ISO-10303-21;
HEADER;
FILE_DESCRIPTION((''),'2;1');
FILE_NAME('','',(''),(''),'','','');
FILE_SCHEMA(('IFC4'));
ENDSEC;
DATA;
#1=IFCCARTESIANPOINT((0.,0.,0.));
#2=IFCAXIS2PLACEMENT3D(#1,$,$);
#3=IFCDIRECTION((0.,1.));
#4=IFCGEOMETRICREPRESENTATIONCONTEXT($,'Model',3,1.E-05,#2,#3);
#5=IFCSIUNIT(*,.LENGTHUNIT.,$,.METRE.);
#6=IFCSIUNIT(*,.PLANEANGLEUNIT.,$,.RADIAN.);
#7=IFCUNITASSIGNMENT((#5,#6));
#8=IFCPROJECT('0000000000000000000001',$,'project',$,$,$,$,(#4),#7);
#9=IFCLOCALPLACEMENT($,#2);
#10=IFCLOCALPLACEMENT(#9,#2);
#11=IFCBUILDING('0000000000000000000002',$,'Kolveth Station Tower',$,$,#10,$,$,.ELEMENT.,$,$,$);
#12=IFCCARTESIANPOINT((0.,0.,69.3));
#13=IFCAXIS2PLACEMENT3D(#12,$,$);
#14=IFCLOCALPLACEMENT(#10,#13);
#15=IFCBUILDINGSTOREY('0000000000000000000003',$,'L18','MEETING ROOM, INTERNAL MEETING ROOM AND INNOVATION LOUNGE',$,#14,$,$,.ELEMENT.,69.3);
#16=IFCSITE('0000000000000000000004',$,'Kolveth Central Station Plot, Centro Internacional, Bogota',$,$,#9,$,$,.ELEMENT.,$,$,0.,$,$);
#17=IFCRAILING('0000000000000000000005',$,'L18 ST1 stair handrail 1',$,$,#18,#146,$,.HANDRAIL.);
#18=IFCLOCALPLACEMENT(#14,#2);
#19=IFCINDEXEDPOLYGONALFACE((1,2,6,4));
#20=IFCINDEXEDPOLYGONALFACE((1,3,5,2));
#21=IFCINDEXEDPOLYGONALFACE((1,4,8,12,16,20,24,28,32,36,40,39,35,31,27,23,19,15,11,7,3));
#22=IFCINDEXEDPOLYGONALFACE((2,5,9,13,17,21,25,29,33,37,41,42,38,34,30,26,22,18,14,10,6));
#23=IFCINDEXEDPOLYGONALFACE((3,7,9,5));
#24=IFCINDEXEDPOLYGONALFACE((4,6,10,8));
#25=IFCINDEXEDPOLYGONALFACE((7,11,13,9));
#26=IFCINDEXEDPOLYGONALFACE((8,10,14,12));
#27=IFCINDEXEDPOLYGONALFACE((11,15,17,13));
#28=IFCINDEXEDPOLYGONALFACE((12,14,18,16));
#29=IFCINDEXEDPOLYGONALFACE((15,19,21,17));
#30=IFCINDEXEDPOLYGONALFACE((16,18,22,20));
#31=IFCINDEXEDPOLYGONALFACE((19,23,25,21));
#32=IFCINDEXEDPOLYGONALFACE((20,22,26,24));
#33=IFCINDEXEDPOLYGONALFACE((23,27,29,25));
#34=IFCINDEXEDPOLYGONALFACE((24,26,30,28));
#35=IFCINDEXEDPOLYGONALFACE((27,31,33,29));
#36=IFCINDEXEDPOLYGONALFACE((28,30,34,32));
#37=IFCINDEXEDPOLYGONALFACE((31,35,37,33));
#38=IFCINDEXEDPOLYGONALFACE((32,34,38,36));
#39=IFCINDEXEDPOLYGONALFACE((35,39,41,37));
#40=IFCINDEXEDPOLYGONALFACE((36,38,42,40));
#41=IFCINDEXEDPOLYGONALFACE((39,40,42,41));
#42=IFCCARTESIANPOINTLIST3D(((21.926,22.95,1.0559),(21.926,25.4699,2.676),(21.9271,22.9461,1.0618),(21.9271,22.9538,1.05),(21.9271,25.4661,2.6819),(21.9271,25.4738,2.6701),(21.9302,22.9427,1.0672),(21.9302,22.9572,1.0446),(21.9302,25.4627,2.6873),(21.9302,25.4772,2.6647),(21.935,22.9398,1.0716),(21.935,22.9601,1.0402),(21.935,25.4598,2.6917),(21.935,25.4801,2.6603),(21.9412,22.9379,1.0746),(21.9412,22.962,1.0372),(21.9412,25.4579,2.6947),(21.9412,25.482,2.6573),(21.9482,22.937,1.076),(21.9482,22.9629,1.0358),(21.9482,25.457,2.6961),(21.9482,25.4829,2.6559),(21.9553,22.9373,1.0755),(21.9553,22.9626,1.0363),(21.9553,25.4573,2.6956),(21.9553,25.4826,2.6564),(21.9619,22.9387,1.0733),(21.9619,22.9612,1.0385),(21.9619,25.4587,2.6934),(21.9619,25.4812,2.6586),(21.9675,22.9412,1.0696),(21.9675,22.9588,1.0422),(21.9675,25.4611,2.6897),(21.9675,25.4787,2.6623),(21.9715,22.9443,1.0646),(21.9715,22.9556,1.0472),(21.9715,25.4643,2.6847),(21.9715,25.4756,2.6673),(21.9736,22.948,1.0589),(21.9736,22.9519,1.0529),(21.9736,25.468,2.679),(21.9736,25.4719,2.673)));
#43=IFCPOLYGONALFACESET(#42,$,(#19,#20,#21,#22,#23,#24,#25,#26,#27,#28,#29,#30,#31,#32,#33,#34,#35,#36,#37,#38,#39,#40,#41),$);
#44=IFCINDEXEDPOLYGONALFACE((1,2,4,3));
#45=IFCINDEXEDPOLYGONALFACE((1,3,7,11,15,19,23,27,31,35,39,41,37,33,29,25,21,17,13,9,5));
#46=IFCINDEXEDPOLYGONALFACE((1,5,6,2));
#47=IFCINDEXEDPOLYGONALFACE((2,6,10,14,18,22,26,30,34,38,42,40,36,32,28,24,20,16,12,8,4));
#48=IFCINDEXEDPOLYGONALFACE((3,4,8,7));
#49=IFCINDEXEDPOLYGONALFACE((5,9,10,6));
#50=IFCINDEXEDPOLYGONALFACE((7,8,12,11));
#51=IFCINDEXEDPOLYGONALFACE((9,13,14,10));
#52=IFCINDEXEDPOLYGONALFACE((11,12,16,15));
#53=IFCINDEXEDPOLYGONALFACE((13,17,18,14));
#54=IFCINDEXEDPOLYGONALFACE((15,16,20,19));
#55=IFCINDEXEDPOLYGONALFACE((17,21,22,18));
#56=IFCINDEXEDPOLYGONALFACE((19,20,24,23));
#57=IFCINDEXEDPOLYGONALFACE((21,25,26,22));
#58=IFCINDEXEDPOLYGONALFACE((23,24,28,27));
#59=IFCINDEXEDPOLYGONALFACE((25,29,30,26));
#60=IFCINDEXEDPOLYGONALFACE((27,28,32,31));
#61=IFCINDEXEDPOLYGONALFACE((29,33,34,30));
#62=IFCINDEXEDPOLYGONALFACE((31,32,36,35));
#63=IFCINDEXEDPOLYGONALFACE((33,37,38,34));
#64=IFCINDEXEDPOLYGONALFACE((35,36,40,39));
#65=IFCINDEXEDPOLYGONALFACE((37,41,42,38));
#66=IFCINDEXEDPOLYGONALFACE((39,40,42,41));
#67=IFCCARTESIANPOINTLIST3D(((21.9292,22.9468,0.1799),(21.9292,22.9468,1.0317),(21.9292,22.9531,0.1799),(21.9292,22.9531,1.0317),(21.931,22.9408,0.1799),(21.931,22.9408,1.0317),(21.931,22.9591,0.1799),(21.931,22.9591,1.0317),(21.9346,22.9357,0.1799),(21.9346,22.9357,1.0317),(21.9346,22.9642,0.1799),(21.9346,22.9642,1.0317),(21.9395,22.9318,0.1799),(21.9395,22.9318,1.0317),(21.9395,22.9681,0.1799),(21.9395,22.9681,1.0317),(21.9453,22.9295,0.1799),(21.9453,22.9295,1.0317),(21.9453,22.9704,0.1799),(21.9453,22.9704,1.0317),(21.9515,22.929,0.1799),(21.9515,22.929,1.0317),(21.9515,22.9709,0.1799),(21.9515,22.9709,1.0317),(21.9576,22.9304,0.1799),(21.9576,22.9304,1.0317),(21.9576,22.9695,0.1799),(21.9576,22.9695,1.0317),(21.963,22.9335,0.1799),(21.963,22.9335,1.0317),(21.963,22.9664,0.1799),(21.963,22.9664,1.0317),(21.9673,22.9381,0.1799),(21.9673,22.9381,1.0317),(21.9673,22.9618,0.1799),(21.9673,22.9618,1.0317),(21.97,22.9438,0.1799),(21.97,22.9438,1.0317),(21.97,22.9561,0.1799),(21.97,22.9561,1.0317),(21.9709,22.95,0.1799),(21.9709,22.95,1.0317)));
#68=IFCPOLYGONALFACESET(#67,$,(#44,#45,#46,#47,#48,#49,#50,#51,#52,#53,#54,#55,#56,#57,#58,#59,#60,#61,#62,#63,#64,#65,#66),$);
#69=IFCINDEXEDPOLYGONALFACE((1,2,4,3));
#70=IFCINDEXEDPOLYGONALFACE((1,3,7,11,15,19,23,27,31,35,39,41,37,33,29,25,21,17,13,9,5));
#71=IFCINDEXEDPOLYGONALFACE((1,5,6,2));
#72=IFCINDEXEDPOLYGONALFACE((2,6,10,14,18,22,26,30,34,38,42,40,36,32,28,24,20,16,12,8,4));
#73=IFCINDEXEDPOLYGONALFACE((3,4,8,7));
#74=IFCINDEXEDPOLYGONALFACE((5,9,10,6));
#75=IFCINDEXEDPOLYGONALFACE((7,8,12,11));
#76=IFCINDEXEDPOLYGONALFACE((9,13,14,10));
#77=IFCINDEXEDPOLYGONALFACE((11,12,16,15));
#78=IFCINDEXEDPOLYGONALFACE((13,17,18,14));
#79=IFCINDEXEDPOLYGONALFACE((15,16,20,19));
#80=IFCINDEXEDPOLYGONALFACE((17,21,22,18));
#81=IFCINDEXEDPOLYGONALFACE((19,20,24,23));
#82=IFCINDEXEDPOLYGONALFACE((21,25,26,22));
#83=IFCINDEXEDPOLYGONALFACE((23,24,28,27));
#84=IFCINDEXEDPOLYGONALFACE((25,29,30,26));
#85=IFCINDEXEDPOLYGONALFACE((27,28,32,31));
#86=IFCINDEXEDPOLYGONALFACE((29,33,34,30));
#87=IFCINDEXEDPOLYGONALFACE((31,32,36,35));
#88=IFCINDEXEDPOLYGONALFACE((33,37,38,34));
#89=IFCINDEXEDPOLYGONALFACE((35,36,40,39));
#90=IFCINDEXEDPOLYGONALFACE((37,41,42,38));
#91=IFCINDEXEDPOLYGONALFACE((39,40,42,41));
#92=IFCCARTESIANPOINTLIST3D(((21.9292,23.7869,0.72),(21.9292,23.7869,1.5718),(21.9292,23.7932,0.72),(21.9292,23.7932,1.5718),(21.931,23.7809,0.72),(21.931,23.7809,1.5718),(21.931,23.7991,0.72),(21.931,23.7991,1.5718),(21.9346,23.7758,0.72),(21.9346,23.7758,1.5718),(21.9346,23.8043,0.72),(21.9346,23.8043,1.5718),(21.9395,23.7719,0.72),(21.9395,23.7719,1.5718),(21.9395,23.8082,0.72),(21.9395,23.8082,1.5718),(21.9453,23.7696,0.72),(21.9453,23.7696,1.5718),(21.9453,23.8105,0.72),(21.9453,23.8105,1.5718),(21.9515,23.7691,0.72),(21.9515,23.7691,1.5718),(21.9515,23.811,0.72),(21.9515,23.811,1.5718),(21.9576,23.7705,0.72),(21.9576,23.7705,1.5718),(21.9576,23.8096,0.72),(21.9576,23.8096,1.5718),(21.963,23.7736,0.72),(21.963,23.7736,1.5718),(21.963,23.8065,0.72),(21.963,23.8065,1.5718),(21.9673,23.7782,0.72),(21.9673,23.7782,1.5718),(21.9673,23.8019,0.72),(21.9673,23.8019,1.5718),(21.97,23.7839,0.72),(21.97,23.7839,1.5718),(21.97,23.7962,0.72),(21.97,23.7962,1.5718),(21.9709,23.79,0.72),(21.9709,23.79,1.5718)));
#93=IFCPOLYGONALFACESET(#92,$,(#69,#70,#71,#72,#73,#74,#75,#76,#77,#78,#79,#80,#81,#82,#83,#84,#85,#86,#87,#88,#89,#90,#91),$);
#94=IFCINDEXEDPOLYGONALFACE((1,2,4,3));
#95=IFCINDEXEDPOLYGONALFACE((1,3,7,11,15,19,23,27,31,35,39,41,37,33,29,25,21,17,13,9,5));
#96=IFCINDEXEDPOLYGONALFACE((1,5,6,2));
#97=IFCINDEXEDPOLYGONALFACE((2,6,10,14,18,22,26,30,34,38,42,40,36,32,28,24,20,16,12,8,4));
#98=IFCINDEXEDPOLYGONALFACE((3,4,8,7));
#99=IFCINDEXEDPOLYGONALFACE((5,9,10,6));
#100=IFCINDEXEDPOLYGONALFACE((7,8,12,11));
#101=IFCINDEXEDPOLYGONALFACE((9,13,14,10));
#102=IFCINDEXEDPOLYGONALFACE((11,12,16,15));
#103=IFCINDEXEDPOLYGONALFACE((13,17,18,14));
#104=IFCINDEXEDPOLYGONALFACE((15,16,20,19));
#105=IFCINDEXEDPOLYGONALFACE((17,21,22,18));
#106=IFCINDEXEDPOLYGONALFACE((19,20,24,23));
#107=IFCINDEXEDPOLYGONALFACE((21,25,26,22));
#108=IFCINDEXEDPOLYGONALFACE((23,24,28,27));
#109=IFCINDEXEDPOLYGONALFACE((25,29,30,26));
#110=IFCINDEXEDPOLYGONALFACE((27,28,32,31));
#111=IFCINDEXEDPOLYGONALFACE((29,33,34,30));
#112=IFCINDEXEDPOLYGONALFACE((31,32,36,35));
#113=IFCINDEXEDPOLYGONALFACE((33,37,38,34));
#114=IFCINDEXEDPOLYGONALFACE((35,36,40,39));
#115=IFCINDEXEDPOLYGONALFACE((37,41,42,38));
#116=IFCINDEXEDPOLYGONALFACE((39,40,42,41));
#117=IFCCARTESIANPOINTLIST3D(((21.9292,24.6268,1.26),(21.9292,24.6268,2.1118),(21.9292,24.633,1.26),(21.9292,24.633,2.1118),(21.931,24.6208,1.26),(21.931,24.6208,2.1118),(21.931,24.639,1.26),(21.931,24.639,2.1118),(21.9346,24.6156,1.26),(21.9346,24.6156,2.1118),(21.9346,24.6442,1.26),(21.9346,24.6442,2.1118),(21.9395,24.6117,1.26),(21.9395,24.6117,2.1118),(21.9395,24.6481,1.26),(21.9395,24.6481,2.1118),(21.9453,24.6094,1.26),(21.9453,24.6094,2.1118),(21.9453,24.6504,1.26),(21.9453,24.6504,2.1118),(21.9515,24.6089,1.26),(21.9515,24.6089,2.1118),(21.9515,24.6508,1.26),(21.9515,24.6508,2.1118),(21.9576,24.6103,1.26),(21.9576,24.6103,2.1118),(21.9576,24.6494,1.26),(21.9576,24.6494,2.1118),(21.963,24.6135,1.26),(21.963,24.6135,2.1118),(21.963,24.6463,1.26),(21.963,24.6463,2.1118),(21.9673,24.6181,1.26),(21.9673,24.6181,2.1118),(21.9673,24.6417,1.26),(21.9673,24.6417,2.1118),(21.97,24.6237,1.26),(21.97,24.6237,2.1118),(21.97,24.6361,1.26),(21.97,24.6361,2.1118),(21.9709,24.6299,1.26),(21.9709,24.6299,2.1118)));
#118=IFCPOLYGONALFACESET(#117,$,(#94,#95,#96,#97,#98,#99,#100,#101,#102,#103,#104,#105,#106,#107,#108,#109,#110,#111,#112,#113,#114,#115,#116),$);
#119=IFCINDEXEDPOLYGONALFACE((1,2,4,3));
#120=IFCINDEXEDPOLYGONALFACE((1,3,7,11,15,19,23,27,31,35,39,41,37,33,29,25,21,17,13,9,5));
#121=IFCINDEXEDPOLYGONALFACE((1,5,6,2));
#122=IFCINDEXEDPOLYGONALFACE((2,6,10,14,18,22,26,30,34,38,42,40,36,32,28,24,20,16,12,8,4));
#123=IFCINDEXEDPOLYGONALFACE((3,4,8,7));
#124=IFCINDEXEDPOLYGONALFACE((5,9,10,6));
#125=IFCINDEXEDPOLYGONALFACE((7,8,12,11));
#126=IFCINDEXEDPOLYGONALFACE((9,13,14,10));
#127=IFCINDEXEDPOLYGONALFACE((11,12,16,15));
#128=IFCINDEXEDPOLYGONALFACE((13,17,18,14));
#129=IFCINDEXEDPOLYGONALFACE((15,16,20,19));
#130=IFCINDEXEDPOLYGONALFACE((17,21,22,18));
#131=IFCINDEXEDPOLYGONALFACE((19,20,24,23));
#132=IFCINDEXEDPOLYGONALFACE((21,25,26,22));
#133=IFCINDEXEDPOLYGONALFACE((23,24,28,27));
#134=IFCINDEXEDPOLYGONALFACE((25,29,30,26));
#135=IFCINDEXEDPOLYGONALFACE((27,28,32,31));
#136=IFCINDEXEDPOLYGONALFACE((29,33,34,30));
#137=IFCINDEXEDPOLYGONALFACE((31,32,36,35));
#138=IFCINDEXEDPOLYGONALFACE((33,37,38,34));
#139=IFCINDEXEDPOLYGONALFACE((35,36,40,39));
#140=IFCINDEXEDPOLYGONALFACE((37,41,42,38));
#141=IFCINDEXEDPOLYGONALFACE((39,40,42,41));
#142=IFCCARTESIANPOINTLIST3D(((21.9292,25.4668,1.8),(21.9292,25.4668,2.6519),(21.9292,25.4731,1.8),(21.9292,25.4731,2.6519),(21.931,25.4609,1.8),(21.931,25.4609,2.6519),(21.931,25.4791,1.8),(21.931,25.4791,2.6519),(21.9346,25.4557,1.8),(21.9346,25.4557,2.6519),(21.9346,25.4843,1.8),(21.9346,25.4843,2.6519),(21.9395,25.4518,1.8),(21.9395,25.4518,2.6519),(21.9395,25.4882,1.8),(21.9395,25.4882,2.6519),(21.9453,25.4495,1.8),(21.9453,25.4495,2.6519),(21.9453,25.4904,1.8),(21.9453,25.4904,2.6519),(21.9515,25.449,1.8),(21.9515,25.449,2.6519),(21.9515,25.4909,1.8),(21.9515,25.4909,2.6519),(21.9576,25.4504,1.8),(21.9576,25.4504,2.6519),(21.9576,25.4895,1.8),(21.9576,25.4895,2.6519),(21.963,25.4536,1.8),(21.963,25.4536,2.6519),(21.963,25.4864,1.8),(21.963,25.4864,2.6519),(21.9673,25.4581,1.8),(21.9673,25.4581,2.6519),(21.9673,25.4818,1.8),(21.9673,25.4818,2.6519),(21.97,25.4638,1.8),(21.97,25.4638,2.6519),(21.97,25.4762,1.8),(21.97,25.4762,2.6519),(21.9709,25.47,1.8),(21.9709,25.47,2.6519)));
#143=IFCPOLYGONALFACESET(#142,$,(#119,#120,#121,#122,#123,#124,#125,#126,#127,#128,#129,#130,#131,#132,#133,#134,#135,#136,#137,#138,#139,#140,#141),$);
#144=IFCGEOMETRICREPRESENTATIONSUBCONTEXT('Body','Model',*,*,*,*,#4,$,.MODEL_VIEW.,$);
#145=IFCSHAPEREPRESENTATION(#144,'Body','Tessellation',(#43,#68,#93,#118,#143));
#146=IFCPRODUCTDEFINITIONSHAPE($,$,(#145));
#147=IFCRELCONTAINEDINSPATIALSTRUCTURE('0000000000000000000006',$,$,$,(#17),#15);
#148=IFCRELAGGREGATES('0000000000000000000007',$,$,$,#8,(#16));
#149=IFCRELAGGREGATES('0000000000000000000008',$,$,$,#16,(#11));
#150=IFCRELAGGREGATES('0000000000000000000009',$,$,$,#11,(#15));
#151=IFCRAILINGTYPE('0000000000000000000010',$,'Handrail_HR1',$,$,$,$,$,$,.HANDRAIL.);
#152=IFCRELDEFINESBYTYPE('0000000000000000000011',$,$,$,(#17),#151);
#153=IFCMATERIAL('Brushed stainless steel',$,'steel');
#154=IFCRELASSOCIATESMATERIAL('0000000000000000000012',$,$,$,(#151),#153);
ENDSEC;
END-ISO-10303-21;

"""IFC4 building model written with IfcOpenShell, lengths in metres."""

from ifc_helpers import new_model, si_unit, direction, frame, origin, origin_2d, place, context, subcontext, project, spatial, circle, extrude, material, type_object, element, save


model = new_model("IFC4")

# Units and contexts
model_context = context("Model", 3, precision=1e-05, world=origin(), true_north=direction((0.0, 1.0)))
body_context = subcontext(model_context, "Body", "Model", "MODEL_VIEW")
ifc_project = project(units=[si_unit("LENGTHUNIT", "METRE"), si_unit("PLANEANGLEUNIT", "RADIAN")], contexts=[model_context])

# Site, building, storey
site_placement = place(None, origin())
site = spatial("IfcSite", under=ifc_project, at=site_placement, Name="Kolveth Central Station Plot, Centro Internacional, Bogota", CompositionType="ELEMENT", RefElevation=0.0)
building_placement = place(site_placement, origin())
building = spatial("IfcBuilding", under=site, at=building_placement, Name="Kolveth Station Tower", CompositionType="ELEMENT")
storey_placement = place(building_placement, frame((0.0, 0.0, 69.3)))
storey = spatial("IfcBuildingStorey", under=building, at=storey_placement, Name="L18", Description="MEETING ROOM, INTERNAL MEETING ROOM AND INNOVATION LOUNGE", CompositionType="ELEMENT", Elevation=69.3)

# Railing
ifc_material_1 = material(Name="Brushed stainless steel", Category="steel")
railing_type_1 = type_object("IfcRailingType", Name="Handrail_HR1", PredefinedType="HANDRAIL", material=ifc_material_1)
railing_1_placement = place(storey_placement, frame((21.95, 22.95, 0.1799)))
element("IfcRailing", 1, at=railing_1_placement, inside=storey, type_object=railing_type_1, Name="L18 ST1 stair handrail 1", PredefinedType="HANDRAIL", context=body_context, shape_type="SweptSolid", body=[
    extrude(circle(Radius=0.0239, at=origin_2d()), frame((0.0, 0.0, 0.876), z_axis=(0.0, 0.841163, 0.540782), x_axis=(-1.0, 0.0, 0.0)), (0.0, 0.0, 1.0), 2.9958),
    extrude(circle(Radius=0.021, at=origin_2d()), origin(), (0.0, 0.0, 1.0), 0.8518),
    extrude(circle(Radius=0.021, at=origin_2d()), frame((0.0, 0.8401, 0.54)), (0.0, 0.0, 1.0), 0.8518),
    extrude(circle(Radius=0.021, at=origin_2d()), frame((0.0, 1.6799, 1.0801)), (0.0, 0.0, 1.0), 0.8518),
    extrude(circle(Radius=0.021, at=origin_2d()), frame((0.0, 2.52, 1.6201)), (0.0, 0.0, 1.0), 0.8518),
])

save(model, "model.ifc")
